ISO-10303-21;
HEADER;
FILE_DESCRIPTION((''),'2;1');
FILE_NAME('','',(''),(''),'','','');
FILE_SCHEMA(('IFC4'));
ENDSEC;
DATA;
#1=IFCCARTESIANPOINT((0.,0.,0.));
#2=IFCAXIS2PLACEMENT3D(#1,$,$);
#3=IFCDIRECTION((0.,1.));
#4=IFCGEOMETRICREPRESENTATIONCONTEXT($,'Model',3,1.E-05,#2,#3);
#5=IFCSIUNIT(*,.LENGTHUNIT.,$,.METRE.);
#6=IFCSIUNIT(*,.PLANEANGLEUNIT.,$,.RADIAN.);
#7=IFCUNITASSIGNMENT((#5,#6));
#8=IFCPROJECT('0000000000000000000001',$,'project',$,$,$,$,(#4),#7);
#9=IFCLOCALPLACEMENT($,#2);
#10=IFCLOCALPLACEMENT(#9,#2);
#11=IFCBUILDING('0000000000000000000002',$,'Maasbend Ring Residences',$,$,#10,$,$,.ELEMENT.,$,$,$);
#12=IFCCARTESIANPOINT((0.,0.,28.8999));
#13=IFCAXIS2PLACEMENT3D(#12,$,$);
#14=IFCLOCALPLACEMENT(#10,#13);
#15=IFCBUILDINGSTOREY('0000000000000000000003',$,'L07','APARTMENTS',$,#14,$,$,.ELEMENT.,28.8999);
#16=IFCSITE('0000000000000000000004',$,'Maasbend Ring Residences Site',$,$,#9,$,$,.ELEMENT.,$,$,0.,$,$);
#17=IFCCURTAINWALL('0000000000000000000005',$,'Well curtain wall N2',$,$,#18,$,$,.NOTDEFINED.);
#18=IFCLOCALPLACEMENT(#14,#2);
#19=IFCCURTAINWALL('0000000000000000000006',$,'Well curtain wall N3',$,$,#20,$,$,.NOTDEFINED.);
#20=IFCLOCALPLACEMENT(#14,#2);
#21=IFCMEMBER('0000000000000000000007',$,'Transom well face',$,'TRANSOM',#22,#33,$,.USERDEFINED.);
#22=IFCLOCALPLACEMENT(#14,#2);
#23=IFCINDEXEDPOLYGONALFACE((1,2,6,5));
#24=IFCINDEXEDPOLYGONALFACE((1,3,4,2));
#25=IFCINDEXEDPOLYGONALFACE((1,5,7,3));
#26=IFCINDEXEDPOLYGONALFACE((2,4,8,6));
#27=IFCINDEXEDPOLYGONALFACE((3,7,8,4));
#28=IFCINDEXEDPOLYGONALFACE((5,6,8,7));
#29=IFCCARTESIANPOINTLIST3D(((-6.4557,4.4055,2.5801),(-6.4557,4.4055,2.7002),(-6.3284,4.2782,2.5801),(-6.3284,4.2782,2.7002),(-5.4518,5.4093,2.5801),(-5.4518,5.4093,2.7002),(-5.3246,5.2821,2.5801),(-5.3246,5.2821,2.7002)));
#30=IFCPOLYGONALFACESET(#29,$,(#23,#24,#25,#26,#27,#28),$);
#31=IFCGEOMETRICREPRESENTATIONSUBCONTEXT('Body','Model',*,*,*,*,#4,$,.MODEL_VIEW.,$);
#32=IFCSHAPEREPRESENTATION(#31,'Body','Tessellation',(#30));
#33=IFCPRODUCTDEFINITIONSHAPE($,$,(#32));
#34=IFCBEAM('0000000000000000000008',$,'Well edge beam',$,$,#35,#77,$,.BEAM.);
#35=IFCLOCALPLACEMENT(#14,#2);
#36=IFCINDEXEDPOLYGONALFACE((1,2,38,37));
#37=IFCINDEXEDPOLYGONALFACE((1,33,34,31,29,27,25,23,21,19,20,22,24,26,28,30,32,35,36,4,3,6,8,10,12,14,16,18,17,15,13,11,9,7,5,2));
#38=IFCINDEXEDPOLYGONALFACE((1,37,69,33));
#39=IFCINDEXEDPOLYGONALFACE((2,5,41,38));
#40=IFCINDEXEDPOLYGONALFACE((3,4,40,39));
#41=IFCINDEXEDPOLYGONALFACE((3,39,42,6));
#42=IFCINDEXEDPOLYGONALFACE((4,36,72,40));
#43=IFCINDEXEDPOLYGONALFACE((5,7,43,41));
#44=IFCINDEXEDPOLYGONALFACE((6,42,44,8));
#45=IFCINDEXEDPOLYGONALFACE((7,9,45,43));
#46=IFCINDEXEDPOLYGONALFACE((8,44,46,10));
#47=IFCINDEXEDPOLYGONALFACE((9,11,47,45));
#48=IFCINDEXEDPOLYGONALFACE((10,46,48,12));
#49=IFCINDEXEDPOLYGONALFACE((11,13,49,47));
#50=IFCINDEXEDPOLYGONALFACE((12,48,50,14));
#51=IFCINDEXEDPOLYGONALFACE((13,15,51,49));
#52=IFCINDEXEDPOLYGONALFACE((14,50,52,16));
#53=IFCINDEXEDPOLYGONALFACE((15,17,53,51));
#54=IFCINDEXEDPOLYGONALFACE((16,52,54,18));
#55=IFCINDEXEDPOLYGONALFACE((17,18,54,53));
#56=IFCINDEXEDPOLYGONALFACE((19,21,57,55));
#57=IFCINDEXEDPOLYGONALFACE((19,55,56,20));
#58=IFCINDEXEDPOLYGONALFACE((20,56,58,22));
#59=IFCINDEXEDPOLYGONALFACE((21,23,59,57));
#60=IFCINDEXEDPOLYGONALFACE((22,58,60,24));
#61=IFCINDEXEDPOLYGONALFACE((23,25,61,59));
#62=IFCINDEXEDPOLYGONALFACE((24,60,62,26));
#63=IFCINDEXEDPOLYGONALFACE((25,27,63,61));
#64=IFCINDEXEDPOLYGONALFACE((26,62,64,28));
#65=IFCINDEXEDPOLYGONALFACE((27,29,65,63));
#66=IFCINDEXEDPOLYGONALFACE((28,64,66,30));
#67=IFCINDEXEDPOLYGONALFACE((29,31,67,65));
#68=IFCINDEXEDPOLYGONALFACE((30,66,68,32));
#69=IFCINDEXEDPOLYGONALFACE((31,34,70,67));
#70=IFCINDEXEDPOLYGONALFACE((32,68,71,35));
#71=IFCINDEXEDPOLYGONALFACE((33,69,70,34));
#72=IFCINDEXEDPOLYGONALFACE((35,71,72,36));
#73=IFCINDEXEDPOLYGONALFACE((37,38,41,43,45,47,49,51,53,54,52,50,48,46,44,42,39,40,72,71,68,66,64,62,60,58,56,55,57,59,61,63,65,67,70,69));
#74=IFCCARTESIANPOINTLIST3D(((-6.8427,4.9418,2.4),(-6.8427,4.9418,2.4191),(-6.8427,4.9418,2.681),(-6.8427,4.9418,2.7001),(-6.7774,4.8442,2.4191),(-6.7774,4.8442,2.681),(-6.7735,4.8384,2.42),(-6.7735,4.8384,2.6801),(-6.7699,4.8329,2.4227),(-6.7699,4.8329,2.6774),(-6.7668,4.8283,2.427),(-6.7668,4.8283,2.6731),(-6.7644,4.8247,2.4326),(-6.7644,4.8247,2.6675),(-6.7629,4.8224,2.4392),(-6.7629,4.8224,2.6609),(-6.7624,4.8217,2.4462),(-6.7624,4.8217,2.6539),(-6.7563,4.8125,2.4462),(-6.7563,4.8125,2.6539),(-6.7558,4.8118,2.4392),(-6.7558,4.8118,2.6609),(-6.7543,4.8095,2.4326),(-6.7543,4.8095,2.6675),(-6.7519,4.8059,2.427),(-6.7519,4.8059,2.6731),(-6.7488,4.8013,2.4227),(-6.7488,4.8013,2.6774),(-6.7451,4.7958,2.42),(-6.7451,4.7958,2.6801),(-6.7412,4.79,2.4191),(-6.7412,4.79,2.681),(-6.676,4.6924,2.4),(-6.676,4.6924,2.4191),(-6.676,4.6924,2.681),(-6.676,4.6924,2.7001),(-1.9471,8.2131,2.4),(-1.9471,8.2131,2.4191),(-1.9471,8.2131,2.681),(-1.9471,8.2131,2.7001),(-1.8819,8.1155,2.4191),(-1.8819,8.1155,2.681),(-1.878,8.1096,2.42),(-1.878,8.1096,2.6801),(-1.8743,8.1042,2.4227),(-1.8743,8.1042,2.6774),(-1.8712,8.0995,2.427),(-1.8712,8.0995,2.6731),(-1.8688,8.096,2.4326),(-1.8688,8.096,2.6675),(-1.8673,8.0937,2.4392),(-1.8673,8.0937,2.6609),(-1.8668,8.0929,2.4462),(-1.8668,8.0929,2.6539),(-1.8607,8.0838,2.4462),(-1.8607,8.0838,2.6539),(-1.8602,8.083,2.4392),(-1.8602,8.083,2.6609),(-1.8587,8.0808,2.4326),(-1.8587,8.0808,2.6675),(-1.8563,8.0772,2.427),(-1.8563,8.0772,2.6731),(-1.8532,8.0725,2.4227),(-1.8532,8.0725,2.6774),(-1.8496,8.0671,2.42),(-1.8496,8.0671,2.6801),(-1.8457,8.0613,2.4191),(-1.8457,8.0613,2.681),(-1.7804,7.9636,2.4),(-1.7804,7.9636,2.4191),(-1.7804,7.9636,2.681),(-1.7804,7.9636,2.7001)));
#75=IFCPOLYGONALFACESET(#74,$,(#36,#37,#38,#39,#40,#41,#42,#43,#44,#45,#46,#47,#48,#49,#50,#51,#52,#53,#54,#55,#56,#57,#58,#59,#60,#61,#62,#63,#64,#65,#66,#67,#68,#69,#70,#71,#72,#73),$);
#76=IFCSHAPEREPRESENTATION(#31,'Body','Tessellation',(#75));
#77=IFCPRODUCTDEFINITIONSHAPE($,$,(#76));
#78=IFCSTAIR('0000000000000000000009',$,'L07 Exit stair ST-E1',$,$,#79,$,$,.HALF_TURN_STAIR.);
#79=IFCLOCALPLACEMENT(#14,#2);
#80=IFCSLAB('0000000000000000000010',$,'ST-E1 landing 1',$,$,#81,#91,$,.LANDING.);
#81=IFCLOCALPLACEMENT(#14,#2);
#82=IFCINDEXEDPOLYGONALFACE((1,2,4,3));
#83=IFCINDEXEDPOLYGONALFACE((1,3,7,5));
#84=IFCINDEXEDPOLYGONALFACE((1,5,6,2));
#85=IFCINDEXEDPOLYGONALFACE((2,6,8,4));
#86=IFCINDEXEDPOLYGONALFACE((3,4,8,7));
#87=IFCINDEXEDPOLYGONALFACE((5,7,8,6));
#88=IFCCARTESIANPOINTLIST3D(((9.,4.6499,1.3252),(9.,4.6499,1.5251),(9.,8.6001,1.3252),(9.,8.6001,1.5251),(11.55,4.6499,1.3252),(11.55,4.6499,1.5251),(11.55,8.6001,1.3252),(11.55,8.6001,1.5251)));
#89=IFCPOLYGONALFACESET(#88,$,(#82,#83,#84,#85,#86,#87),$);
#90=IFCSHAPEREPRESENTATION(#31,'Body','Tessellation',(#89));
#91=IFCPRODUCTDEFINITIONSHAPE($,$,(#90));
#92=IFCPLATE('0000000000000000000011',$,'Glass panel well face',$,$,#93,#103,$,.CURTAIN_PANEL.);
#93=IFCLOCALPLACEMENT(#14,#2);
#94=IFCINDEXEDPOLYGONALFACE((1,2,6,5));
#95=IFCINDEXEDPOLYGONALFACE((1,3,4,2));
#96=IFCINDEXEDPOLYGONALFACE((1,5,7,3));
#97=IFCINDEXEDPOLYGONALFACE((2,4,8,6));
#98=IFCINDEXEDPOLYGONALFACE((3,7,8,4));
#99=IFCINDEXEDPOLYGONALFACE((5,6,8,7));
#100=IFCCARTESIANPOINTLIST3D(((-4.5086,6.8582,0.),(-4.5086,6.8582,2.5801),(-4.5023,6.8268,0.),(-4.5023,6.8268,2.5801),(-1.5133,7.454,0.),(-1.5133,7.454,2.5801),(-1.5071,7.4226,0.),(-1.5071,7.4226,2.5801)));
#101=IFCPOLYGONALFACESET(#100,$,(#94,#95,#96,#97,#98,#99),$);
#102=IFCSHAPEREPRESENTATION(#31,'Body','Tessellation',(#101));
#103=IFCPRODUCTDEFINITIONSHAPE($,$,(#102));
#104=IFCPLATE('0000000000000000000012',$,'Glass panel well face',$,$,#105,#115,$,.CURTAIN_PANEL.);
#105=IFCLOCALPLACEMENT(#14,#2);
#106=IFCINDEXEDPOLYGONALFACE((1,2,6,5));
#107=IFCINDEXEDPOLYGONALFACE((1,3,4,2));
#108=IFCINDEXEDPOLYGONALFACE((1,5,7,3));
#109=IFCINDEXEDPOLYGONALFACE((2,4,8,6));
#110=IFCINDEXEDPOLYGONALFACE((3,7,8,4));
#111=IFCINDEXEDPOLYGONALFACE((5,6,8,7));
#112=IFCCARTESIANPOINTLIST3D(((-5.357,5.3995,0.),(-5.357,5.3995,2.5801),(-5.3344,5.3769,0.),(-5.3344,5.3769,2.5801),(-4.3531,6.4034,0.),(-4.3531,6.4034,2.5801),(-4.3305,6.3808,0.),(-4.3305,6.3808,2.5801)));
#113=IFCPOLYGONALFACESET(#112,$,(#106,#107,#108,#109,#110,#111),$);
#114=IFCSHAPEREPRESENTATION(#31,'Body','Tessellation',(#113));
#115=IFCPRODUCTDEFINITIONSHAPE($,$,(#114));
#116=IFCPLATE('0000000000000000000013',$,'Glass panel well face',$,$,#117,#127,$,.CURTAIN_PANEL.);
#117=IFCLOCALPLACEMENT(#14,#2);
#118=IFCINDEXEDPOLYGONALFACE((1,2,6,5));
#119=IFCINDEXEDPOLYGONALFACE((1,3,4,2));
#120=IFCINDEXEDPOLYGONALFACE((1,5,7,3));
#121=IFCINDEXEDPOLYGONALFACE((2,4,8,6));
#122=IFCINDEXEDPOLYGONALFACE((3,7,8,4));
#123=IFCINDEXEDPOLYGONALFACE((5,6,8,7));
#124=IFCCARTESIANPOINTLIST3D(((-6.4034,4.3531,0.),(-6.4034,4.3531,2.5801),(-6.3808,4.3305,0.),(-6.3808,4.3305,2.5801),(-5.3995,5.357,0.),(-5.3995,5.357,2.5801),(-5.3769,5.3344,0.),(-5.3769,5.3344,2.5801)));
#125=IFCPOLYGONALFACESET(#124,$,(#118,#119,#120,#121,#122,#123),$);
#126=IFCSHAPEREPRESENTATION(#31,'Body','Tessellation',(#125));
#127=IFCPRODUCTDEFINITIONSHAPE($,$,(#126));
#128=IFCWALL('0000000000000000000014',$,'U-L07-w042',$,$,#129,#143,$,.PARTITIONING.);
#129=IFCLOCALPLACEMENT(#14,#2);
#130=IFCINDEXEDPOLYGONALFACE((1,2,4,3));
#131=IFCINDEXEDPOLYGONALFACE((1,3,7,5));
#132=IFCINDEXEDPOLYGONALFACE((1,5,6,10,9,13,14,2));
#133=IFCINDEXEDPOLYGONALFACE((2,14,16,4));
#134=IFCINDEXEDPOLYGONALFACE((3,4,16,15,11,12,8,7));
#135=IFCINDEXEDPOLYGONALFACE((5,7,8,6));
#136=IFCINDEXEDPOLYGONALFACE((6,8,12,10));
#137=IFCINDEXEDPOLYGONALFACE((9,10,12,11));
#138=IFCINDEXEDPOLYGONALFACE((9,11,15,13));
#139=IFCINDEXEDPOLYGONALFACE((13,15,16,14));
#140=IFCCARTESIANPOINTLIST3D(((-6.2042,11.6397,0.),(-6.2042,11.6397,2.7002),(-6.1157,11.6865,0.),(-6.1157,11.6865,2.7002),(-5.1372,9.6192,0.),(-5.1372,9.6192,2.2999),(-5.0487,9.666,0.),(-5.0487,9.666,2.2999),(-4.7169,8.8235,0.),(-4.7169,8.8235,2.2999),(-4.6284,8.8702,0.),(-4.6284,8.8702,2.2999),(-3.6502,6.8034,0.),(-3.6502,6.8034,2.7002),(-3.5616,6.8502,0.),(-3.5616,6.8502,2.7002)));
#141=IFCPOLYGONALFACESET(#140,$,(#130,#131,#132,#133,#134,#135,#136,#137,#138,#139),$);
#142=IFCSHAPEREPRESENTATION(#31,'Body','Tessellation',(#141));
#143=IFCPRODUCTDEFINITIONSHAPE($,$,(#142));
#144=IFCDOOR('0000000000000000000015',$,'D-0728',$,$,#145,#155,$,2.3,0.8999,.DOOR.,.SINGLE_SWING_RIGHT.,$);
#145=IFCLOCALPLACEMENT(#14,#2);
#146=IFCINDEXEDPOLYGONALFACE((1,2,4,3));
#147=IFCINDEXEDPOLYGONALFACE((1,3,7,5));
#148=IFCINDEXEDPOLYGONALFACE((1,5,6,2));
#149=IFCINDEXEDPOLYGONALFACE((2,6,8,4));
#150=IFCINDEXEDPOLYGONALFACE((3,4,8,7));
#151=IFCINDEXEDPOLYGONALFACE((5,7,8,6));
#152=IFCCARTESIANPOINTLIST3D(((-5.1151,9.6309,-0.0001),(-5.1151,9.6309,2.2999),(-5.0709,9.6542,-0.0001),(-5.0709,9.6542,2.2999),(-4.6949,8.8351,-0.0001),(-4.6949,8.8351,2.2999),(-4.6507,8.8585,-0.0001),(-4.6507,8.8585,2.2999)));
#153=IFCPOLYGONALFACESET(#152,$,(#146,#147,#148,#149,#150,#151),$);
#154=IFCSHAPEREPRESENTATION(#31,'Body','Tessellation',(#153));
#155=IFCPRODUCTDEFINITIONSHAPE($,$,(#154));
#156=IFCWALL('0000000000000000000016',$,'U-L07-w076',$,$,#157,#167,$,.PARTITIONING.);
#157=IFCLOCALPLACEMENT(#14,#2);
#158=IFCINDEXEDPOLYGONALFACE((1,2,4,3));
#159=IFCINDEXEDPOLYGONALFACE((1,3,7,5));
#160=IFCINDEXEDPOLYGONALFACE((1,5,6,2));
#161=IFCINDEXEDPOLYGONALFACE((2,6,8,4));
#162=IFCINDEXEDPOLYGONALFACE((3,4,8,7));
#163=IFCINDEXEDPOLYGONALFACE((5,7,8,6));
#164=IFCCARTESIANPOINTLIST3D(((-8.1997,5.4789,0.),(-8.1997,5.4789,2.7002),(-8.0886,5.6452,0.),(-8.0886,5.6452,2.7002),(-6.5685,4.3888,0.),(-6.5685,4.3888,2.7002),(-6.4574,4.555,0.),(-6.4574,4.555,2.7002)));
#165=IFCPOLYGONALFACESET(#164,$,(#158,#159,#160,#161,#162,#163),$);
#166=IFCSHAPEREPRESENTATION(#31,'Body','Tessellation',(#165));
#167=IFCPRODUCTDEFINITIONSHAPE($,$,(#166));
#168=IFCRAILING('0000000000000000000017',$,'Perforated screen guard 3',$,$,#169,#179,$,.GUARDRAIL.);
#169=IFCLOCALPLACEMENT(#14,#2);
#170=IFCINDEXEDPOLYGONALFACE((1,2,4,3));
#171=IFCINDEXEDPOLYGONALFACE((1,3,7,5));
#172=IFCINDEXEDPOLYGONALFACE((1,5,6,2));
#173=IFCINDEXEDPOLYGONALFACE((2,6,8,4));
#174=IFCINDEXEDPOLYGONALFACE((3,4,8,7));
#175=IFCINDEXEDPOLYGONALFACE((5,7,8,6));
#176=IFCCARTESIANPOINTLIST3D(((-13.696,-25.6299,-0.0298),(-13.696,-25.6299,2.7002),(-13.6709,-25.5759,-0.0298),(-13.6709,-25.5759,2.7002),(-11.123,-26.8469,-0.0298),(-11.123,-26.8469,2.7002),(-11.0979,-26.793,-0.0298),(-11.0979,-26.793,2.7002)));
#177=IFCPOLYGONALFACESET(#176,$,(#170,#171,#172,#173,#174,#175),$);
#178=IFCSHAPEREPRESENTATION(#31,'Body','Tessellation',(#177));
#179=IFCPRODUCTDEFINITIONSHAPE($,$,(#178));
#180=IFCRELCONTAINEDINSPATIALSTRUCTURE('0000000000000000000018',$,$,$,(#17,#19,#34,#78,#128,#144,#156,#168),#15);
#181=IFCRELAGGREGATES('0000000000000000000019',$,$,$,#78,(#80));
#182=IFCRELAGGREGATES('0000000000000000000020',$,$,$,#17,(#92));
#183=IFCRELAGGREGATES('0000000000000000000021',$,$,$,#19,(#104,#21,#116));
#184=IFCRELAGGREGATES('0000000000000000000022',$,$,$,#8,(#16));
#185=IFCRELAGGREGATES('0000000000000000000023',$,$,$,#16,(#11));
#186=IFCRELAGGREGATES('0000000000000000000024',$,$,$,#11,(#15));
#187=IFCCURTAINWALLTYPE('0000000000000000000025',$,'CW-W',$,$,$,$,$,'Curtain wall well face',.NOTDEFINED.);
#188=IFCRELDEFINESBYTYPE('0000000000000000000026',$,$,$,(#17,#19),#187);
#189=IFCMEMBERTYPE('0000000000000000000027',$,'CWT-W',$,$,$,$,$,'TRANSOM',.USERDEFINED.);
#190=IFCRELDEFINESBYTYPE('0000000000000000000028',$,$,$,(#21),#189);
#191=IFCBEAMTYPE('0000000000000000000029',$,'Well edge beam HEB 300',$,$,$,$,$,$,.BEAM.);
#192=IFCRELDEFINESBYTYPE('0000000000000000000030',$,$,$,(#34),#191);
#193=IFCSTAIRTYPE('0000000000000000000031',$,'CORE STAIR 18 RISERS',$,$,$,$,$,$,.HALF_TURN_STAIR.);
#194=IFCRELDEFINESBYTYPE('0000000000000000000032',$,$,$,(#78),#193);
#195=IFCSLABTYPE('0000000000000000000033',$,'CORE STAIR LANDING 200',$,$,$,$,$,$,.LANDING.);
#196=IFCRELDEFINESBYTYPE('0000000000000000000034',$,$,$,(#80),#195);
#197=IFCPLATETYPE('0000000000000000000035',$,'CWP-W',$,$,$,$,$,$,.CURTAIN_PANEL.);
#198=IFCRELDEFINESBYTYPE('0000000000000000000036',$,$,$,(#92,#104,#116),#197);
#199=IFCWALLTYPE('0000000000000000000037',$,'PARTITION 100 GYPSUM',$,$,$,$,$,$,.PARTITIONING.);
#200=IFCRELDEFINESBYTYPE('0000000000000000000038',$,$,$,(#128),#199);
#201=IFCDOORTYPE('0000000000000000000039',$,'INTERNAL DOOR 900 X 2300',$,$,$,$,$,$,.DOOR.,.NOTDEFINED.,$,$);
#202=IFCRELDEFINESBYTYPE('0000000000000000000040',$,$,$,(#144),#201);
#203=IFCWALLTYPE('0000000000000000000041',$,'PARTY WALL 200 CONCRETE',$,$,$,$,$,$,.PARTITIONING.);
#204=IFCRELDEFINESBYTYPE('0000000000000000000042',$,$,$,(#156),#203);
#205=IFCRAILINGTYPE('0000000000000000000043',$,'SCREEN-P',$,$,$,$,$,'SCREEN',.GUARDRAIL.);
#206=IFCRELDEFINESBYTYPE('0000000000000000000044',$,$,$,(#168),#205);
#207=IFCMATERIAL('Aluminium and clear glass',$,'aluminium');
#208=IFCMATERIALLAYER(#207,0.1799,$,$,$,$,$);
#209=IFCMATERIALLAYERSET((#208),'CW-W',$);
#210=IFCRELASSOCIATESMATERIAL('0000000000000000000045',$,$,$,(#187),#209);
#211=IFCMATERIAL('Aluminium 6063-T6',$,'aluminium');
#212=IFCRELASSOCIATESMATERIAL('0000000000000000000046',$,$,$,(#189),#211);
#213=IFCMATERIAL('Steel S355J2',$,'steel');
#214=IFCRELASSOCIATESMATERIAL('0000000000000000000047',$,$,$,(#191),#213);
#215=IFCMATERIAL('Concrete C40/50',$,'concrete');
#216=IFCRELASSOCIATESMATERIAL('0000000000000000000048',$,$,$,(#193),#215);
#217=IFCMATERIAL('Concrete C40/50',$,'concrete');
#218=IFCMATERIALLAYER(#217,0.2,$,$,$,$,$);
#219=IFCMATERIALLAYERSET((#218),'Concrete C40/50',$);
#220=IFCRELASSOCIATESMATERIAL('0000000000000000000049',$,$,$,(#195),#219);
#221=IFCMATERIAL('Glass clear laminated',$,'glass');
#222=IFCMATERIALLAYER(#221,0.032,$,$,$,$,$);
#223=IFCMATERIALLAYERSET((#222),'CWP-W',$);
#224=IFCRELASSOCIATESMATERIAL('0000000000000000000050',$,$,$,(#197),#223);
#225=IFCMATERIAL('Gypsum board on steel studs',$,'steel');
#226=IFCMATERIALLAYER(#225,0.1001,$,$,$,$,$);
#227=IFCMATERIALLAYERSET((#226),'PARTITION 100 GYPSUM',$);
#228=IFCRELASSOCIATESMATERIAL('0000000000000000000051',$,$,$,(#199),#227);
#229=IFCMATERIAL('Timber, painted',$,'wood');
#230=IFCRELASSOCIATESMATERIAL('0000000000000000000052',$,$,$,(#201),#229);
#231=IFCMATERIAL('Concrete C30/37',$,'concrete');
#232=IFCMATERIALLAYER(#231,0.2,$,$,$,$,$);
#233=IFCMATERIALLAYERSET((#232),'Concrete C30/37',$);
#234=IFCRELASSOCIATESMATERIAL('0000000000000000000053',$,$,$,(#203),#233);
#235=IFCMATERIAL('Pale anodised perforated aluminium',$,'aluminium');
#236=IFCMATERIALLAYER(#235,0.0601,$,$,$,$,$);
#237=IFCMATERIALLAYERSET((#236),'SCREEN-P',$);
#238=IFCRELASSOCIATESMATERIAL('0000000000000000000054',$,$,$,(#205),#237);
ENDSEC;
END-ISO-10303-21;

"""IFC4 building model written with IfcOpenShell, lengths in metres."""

from ifc_helpers import new_model, si_unit, direction, frame, frame_2d, origin, origin_2d, place, context, subcontext, project, spatial, polyline, rectangle, i_section, outline, extrude, material, layer, layer_set, material_profile, profile_set, type_object, element, fill, aggregate, save


model = new_model("IFC4")

# Units and contexts
model_context = context("Model", 3, precision=1e-05, world=origin(), true_north=direction((0.0, 1.0)))
body_context = subcontext(model_context, "Body", "Model", "MODEL_VIEW")
ifc_project = project(units=[si_unit("LENGTHUNIT", "METRE"), si_unit("PLANEANGLEUNIT", "RADIAN")], contexts=[model_context])

# Site, building, storey
site_placement = place(None, origin())
site = spatial("IfcSite", under=ifc_project, at=site_placement, Name="Maasbend Ring Residences Site", CompositionType="ELEMENT", RefElevation=0.0)
building_placement = place(site_placement, origin())
building = spatial("IfcBuilding", under=site, at=building_placement, Name="Maasbend Ring Residences", CompositionType="ELEMENT")
storey_placement = place(building_placement, frame((0.0, 0.0, 28.8999)))
storey = spatial("IfcBuildingStorey", under=building, at=storey_placement, Name="L07", Description="APARTMENTS", CompositionType="ELEMENT", Elevation=28.8999)

# Curtain walls
ifc_material_1 = material(Name="Aluminium and clear glass", Category="aluminium")
ifc_layer_1 = layer(ifc_material_1, 0.1799)
ifc_layer_set_1 = layer_set([ifc_layer_1], Name="CW-W")
curtain_wall_type = type_object("IfcCurtainWallType", Name="CW-W", ElementType="Curtain wall well face", PredefinedType="NOTDEFINED", material=ifc_layer_set_1)
curtain_wall_1_placement = place(storey_placement, origin())
curtain_wall_1 = element("IfcCurtainWall", 1, at=curtain_wall_1_placement, inside=storey, type_object=curtain_wall_type, Name="Well curtain wall N2", PredefinedType="NOTDEFINED")
curtain_wall_2_placement = place(storey_placement, origin())
curtain_wall_2 = element("IfcCurtainWall", 2, at=curtain_wall_2_placement, inside=storey, type_object=curtain_wall_type, Name="Well curtain wall N3", PredefinedType="NOTDEFINED")

# Member
ifc_material_2 = material(Name="Aluminium 6063-T6", Category="aluminium")
ifc_material_profile_1 = material_profile(ifc_material_2, rectangle(XDim=0.1799, YDim=0.1201, at=origin_2d()), Name="AL 180x120")
ifc_profile_set_1 = profile_set([ifc_material_profile_1], Name="Aluminium 6063-T6")
member_type_1 = type_object("IfcMemberType", Name="CWT-W", ElementType="TRANSOM", PredefinedType="USERDEFINED", material=ifc_profile_set_1)
member_1_placement = place(storey_placement, frame((-5.3882, 5.3457, 2.6401), z_axis=(-0.707107, -0.707107, 0.0), x_axis=(0.707107, -0.707107, 0.0)))
member_1 = element("IfcMember", 3, at=member_1_placement, type_object=member_type_1, Name="Transom well face", ObjectType="TRANSOM", PredefinedType="USERDEFINED", context=body_context, shape_type="SweptSolid", body=[
    extrude(rectangle(XDim=0.1799, YDim=0.1201, at=origin_2d()), origin(), (0.0, 0.0, 1.0), 1.4197),
])

# Beam
ifc_material_3 = material(Name="Steel S355J2", Category="steel")
ifc_material_profile_2 = material_profile(ifc_material_3, i_section(OverallWidth=0.3, OverallDepth=0.3, WebThickness=0.011, FlangeThickness=0.019, FilletRadius=0.0271, at=origin_2d()), Name="HEB 300")
ifc_profile_set_2 = profile_set([ifc_material_profile_2], Name="Steel S355J2")
beam_type = type_object("IfcBeamType", Name="Well edge beam HEB 300", PredefinedType="BEAM", material=ifc_profile_set_2)
beam_placement = place(storey_placement, frame((-1.8638, 8.0884, 2.55), z_axis=(-0.831457, -0.55559, 0.0), x_axis=(0.55559, -0.831457, 0.0)))
element("IfcBeam", 4, at=beam_placement, inside=storey, type_object=beam_type, Name="Well edge beam", PredefinedType="BEAM", context=body_context, shape_type="SweptSolid", body=[
    extrude(i_section(OverallWidth=0.3, OverallDepth=0.3, WebThickness=0.011, FlangeThickness=0.019, FilletRadius=0.0271, at=origin_2d()), origin(), (0.0, 0.0, 1.0), 5.8879),
])

# Stair, slab
ifc_material_4 = material(Name="Concrete C40/50", Category="concrete")
stair_type = type_object("IfcStairType", Name="CORE STAIR 18 RISERS", PredefinedType="HALF_TURN_STAIR", material=ifc_material_4)
stair_placement = place(storey_placement, origin())
stair = element("IfcStair", 5, at=stair_placement, inside=storey, type_object=stair_type, Name="L07 Exit stair ST-E1", PredefinedType="HALF_TURN_STAIR")
ifc_material_5 = material(Name="Concrete C40/50", Category="concrete")
ifc_layer_2 = layer(ifc_material_5, 0.2)
ifc_layer_set_2 = layer_set([ifc_layer_2], Name="Concrete C40/50")
slab_type = type_object("IfcSlabType", Name="CORE STAIR LANDING 200", PredefinedType="LANDING", material=ifc_layer_set_2)
slab_placement = place(storey_placement, frame((0.0, 0.0, 1.3252)))
slab = element("IfcSlab", 6, at=slab_placement, type_object=slab_type, Name="ST-E1 landing 1", PredefinedType="LANDING", context=body_context, shape_type="SweptSolid", body=[
    extrude(outline(polyline([(11.55, 8.6001), (9.0, 8.6001), (9.0, 4.6499), (11.55, 4.6499), (11.55, 8.6001)])), origin(), (0.0, 0.0, 1.0), 0.2),
])
aggregate(stair, [slab])

# Plates
ifc_material_6 = material(Name="Glass clear laminated", Category="glass")
ifc_layer_3 = layer(ifc_material_6, 0.032)
ifc_layer_set_3 = layer_set([ifc_layer_3], Name="CWP-W")
plate_type = type_object("IfcPlateType", Name="CWP-W", PredefinedType="CURTAIN_PANEL", material=ifc_layer_set_3)
plate_1_placement = place(storey_placement, frame((-3.0078, 7.1404, 0.0), z_axis=(0.0, 0.0, 1.0), x_axis=(-0.980785, -0.19509, 0.0)))
plate_1 = element("IfcPlate", 7, at=plate_1_placement, type_object=plate_type, Name="Glass panel well face", PredefinedType="CURTAIN_PANEL", context=body_context, shape_type="SweptSolid", body=[
    extrude(rectangle(XDim=3.054, YDim=0.032, at=origin_2d()), origin(), (0.0, 0.0, 1.0), 2.5801),
])
aggregate(curtain_wall_1, [plate_1])
plate_2_placement = place(storey_placement, frame((-4.8438, 5.8901, 0.0), z_axis=(0.0, 0.0, 1.0), x_axis=(-0.707107, -0.707107, 0.0)))
plate_2 = element("IfcPlate", 8, at=plate_2_placement, type_object=plate_type, Name="Glass panel well face", PredefinedType="CURTAIN_PANEL", context=body_context, shape_type="SweptSolid", body=[
    extrude(rectangle(XDim=1.4197, YDim=0.032, at=origin_2d()), origin(), (0.0, 0.0, 1.0), 2.5801),
])
plate_3_placement = place(storey_placement, frame((-5.8901, 4.8438, 0.0), z_axis=(0.0, 0.0, 1.0), x_axis=(-0.707107, -0.707107, 0.0)))
plate_3 = element("IfcPlate", 9, at=plate_3_placement, type_object=plate_type, Name="Glass panel well face", PredefinedType="CURTAIN_PANEL", context=body_context, shape_type="SweptSolid", body=[
    extrude(rectangle(XDim=1.4197, YDim=0.032, at=origin_2d()), origin(), (0.0, 0.0, 1.0), 2.5801),
])
aggregate(curtain_wall_2, [plate_2, member_1, plate_3])

# Wall, opening, door
ifc_material_7 = material(Name="Gypsum board on steel studs", Category="steel")
ifc_layer_4 = layer(ifc_material_7, 0.1001)
ifc_layer_set_4 = layer_set([ifc_layer_4], Name="PARTITION 100 GYPSUM")
wall_type_1 = type_object("IfcWallType", Name="PARTITION 100 GYPSUM", PredefinedType="PARTITIONING", material=ifc_layer_set_4)
wall_1_placement = place(storey_placement, frame((-6.1599, 11.6631, 0.0), z_axis=(0.0, 0.0, 1.0), x_axis=(0.466977, -0.88427, 0.0)))
wall_1 = element("IfcWall", 10, at=wall_1_placement, inside=storey, type_object=wall_type_1, Name="U-L07-w042", PredefinedType="PARTITIONING", context=body_context, shape_type="SweptSolid", body=[
    extrude(rectangle(XDim=5.4692, YDim=0.1001, at=frame_2d((2.7346, 0.0))), origin(), (0.0, 0.0, 1.0), 2.7002),
])
opening_placement = place(wall_1_placement, frame((2.2849, 0.0, 0.0)))
opening = element("IfcOpeningElement", 11, at=opening_placement, cuts=wall_1, PredefinedType="OPENING", context=body_context, shape_type="SweptSolid", body=[
    extrude(rectangle(XDim=0.8999, YDim=2.3, at=frame_2d((0.45, 1.1499))), frame((0.0, 0.0601, 0.0), z_axis=(0.0, -1.0, 0.0), x_axis=(1.0, 0.0, 0.0)), (0.0, 0.0, 1.0), 0.1201),
])
ifc_material_8 = material(Name="Timber, painted", Category="wood")
door_type = type_object("IfcDoorType", Name="INTERNAL DOOR 900 X 2300", OperationType="NOTDEFINED", PredefinedType="DOOR", material=ifc_material_8)
door_placement = place(opening_placement, origin())
door = element("IfcDoor", 12, at=door_placement, inside=storey, type_object=door_type, Name="D-0728", OperationType="SINGLE_SWING_RIGHT", OverallHeight=2.3, OverallWidth=0.8999, PredefinedType="DOOR", context=body_context, shape_type="SweptSolid", body=[
    extrude(rectangle(XDim=0.8999, YDim=2.3, at=frame_2d((0.45, 1.1499))), frame((0.0, 0.0249, 0.0), z_axis=(0.0, -1.0, 0.0), x_axis=(1.0, 0.0, 0.0)), (0.0, 0.0, 1.0), 0.05),
])
fill(opening, door)

# Wall
ifc_material_9 = material(Name="Concrete C30/37", Category="concrete")
ifc_layer_5 = layer(ifc_material_9, 0.2)
ifc_layer_set_5 = layer_set([ifc_layer_5], Name="Concrete C30/37")
wall_type_2 = type_object("IfcWallType", Name="PARTY WALL 200 CONCRETE", PredefinedType="PARTITIONING", material=ifc_layer_set_5)
wall_2_placement = place(storey_placement, frame((-6.5129, 4.4719, 0.0), z_axis=(0.0, 0.0, 1.0), x_axis=(-0.831418, 0.555648, 0.0)))
element("IfcWall", 13, at=wall_2_placement, inside=storey, type_object=wall_type_2, Name="U-L07-w076", PredefinedType="PARTITIONING", context=body_context, shape_type="SweptSolid", body=[
    extrude(rectangle(XDim=1.9619, YDim=0.2, at=frame_2d((0.981, 0.0))), origin(), (0.0, 0.0, 1.0), 2.7002),
])

# Railing
ifc_material_10 = material(Name="Pale anodised perforated aluminium", Category="aluminium")
ifc_layer_6 = layer(ifc_material_10, 0.0601)
ifc_layer_set_6 = layer_set([ifc_layer_6], Name="SCREEN-P")
railing_type = type_object("IfcRailingType", Name="SCREEN-P", ElementType="SCREEN", PredefinedType="GUARDRAIL", material=ifc_layer_set_6)
railing_1_placement = place(storey_placement, frame((0.0, 0.0, -0.0298)))
element("IfcRailing", 14, at=railing_1_placement, inside=storey, type_object=railing_type, Name="Perforated screen guard 3", PredefinedType="GUARDRAIL", context=body_context, shape_type="SweptSolid", body=[
    extrude(outline(polyline([(-13.6709, -25.5759), (-11.0979, -26.793), (-11.123, -26.8469), (-13.696, -25.6299), (-13.6709, -25.5759)])), origin(), (0.0, 0.0, 1.0), 2.73),
])

save(model, "model.ifc")
